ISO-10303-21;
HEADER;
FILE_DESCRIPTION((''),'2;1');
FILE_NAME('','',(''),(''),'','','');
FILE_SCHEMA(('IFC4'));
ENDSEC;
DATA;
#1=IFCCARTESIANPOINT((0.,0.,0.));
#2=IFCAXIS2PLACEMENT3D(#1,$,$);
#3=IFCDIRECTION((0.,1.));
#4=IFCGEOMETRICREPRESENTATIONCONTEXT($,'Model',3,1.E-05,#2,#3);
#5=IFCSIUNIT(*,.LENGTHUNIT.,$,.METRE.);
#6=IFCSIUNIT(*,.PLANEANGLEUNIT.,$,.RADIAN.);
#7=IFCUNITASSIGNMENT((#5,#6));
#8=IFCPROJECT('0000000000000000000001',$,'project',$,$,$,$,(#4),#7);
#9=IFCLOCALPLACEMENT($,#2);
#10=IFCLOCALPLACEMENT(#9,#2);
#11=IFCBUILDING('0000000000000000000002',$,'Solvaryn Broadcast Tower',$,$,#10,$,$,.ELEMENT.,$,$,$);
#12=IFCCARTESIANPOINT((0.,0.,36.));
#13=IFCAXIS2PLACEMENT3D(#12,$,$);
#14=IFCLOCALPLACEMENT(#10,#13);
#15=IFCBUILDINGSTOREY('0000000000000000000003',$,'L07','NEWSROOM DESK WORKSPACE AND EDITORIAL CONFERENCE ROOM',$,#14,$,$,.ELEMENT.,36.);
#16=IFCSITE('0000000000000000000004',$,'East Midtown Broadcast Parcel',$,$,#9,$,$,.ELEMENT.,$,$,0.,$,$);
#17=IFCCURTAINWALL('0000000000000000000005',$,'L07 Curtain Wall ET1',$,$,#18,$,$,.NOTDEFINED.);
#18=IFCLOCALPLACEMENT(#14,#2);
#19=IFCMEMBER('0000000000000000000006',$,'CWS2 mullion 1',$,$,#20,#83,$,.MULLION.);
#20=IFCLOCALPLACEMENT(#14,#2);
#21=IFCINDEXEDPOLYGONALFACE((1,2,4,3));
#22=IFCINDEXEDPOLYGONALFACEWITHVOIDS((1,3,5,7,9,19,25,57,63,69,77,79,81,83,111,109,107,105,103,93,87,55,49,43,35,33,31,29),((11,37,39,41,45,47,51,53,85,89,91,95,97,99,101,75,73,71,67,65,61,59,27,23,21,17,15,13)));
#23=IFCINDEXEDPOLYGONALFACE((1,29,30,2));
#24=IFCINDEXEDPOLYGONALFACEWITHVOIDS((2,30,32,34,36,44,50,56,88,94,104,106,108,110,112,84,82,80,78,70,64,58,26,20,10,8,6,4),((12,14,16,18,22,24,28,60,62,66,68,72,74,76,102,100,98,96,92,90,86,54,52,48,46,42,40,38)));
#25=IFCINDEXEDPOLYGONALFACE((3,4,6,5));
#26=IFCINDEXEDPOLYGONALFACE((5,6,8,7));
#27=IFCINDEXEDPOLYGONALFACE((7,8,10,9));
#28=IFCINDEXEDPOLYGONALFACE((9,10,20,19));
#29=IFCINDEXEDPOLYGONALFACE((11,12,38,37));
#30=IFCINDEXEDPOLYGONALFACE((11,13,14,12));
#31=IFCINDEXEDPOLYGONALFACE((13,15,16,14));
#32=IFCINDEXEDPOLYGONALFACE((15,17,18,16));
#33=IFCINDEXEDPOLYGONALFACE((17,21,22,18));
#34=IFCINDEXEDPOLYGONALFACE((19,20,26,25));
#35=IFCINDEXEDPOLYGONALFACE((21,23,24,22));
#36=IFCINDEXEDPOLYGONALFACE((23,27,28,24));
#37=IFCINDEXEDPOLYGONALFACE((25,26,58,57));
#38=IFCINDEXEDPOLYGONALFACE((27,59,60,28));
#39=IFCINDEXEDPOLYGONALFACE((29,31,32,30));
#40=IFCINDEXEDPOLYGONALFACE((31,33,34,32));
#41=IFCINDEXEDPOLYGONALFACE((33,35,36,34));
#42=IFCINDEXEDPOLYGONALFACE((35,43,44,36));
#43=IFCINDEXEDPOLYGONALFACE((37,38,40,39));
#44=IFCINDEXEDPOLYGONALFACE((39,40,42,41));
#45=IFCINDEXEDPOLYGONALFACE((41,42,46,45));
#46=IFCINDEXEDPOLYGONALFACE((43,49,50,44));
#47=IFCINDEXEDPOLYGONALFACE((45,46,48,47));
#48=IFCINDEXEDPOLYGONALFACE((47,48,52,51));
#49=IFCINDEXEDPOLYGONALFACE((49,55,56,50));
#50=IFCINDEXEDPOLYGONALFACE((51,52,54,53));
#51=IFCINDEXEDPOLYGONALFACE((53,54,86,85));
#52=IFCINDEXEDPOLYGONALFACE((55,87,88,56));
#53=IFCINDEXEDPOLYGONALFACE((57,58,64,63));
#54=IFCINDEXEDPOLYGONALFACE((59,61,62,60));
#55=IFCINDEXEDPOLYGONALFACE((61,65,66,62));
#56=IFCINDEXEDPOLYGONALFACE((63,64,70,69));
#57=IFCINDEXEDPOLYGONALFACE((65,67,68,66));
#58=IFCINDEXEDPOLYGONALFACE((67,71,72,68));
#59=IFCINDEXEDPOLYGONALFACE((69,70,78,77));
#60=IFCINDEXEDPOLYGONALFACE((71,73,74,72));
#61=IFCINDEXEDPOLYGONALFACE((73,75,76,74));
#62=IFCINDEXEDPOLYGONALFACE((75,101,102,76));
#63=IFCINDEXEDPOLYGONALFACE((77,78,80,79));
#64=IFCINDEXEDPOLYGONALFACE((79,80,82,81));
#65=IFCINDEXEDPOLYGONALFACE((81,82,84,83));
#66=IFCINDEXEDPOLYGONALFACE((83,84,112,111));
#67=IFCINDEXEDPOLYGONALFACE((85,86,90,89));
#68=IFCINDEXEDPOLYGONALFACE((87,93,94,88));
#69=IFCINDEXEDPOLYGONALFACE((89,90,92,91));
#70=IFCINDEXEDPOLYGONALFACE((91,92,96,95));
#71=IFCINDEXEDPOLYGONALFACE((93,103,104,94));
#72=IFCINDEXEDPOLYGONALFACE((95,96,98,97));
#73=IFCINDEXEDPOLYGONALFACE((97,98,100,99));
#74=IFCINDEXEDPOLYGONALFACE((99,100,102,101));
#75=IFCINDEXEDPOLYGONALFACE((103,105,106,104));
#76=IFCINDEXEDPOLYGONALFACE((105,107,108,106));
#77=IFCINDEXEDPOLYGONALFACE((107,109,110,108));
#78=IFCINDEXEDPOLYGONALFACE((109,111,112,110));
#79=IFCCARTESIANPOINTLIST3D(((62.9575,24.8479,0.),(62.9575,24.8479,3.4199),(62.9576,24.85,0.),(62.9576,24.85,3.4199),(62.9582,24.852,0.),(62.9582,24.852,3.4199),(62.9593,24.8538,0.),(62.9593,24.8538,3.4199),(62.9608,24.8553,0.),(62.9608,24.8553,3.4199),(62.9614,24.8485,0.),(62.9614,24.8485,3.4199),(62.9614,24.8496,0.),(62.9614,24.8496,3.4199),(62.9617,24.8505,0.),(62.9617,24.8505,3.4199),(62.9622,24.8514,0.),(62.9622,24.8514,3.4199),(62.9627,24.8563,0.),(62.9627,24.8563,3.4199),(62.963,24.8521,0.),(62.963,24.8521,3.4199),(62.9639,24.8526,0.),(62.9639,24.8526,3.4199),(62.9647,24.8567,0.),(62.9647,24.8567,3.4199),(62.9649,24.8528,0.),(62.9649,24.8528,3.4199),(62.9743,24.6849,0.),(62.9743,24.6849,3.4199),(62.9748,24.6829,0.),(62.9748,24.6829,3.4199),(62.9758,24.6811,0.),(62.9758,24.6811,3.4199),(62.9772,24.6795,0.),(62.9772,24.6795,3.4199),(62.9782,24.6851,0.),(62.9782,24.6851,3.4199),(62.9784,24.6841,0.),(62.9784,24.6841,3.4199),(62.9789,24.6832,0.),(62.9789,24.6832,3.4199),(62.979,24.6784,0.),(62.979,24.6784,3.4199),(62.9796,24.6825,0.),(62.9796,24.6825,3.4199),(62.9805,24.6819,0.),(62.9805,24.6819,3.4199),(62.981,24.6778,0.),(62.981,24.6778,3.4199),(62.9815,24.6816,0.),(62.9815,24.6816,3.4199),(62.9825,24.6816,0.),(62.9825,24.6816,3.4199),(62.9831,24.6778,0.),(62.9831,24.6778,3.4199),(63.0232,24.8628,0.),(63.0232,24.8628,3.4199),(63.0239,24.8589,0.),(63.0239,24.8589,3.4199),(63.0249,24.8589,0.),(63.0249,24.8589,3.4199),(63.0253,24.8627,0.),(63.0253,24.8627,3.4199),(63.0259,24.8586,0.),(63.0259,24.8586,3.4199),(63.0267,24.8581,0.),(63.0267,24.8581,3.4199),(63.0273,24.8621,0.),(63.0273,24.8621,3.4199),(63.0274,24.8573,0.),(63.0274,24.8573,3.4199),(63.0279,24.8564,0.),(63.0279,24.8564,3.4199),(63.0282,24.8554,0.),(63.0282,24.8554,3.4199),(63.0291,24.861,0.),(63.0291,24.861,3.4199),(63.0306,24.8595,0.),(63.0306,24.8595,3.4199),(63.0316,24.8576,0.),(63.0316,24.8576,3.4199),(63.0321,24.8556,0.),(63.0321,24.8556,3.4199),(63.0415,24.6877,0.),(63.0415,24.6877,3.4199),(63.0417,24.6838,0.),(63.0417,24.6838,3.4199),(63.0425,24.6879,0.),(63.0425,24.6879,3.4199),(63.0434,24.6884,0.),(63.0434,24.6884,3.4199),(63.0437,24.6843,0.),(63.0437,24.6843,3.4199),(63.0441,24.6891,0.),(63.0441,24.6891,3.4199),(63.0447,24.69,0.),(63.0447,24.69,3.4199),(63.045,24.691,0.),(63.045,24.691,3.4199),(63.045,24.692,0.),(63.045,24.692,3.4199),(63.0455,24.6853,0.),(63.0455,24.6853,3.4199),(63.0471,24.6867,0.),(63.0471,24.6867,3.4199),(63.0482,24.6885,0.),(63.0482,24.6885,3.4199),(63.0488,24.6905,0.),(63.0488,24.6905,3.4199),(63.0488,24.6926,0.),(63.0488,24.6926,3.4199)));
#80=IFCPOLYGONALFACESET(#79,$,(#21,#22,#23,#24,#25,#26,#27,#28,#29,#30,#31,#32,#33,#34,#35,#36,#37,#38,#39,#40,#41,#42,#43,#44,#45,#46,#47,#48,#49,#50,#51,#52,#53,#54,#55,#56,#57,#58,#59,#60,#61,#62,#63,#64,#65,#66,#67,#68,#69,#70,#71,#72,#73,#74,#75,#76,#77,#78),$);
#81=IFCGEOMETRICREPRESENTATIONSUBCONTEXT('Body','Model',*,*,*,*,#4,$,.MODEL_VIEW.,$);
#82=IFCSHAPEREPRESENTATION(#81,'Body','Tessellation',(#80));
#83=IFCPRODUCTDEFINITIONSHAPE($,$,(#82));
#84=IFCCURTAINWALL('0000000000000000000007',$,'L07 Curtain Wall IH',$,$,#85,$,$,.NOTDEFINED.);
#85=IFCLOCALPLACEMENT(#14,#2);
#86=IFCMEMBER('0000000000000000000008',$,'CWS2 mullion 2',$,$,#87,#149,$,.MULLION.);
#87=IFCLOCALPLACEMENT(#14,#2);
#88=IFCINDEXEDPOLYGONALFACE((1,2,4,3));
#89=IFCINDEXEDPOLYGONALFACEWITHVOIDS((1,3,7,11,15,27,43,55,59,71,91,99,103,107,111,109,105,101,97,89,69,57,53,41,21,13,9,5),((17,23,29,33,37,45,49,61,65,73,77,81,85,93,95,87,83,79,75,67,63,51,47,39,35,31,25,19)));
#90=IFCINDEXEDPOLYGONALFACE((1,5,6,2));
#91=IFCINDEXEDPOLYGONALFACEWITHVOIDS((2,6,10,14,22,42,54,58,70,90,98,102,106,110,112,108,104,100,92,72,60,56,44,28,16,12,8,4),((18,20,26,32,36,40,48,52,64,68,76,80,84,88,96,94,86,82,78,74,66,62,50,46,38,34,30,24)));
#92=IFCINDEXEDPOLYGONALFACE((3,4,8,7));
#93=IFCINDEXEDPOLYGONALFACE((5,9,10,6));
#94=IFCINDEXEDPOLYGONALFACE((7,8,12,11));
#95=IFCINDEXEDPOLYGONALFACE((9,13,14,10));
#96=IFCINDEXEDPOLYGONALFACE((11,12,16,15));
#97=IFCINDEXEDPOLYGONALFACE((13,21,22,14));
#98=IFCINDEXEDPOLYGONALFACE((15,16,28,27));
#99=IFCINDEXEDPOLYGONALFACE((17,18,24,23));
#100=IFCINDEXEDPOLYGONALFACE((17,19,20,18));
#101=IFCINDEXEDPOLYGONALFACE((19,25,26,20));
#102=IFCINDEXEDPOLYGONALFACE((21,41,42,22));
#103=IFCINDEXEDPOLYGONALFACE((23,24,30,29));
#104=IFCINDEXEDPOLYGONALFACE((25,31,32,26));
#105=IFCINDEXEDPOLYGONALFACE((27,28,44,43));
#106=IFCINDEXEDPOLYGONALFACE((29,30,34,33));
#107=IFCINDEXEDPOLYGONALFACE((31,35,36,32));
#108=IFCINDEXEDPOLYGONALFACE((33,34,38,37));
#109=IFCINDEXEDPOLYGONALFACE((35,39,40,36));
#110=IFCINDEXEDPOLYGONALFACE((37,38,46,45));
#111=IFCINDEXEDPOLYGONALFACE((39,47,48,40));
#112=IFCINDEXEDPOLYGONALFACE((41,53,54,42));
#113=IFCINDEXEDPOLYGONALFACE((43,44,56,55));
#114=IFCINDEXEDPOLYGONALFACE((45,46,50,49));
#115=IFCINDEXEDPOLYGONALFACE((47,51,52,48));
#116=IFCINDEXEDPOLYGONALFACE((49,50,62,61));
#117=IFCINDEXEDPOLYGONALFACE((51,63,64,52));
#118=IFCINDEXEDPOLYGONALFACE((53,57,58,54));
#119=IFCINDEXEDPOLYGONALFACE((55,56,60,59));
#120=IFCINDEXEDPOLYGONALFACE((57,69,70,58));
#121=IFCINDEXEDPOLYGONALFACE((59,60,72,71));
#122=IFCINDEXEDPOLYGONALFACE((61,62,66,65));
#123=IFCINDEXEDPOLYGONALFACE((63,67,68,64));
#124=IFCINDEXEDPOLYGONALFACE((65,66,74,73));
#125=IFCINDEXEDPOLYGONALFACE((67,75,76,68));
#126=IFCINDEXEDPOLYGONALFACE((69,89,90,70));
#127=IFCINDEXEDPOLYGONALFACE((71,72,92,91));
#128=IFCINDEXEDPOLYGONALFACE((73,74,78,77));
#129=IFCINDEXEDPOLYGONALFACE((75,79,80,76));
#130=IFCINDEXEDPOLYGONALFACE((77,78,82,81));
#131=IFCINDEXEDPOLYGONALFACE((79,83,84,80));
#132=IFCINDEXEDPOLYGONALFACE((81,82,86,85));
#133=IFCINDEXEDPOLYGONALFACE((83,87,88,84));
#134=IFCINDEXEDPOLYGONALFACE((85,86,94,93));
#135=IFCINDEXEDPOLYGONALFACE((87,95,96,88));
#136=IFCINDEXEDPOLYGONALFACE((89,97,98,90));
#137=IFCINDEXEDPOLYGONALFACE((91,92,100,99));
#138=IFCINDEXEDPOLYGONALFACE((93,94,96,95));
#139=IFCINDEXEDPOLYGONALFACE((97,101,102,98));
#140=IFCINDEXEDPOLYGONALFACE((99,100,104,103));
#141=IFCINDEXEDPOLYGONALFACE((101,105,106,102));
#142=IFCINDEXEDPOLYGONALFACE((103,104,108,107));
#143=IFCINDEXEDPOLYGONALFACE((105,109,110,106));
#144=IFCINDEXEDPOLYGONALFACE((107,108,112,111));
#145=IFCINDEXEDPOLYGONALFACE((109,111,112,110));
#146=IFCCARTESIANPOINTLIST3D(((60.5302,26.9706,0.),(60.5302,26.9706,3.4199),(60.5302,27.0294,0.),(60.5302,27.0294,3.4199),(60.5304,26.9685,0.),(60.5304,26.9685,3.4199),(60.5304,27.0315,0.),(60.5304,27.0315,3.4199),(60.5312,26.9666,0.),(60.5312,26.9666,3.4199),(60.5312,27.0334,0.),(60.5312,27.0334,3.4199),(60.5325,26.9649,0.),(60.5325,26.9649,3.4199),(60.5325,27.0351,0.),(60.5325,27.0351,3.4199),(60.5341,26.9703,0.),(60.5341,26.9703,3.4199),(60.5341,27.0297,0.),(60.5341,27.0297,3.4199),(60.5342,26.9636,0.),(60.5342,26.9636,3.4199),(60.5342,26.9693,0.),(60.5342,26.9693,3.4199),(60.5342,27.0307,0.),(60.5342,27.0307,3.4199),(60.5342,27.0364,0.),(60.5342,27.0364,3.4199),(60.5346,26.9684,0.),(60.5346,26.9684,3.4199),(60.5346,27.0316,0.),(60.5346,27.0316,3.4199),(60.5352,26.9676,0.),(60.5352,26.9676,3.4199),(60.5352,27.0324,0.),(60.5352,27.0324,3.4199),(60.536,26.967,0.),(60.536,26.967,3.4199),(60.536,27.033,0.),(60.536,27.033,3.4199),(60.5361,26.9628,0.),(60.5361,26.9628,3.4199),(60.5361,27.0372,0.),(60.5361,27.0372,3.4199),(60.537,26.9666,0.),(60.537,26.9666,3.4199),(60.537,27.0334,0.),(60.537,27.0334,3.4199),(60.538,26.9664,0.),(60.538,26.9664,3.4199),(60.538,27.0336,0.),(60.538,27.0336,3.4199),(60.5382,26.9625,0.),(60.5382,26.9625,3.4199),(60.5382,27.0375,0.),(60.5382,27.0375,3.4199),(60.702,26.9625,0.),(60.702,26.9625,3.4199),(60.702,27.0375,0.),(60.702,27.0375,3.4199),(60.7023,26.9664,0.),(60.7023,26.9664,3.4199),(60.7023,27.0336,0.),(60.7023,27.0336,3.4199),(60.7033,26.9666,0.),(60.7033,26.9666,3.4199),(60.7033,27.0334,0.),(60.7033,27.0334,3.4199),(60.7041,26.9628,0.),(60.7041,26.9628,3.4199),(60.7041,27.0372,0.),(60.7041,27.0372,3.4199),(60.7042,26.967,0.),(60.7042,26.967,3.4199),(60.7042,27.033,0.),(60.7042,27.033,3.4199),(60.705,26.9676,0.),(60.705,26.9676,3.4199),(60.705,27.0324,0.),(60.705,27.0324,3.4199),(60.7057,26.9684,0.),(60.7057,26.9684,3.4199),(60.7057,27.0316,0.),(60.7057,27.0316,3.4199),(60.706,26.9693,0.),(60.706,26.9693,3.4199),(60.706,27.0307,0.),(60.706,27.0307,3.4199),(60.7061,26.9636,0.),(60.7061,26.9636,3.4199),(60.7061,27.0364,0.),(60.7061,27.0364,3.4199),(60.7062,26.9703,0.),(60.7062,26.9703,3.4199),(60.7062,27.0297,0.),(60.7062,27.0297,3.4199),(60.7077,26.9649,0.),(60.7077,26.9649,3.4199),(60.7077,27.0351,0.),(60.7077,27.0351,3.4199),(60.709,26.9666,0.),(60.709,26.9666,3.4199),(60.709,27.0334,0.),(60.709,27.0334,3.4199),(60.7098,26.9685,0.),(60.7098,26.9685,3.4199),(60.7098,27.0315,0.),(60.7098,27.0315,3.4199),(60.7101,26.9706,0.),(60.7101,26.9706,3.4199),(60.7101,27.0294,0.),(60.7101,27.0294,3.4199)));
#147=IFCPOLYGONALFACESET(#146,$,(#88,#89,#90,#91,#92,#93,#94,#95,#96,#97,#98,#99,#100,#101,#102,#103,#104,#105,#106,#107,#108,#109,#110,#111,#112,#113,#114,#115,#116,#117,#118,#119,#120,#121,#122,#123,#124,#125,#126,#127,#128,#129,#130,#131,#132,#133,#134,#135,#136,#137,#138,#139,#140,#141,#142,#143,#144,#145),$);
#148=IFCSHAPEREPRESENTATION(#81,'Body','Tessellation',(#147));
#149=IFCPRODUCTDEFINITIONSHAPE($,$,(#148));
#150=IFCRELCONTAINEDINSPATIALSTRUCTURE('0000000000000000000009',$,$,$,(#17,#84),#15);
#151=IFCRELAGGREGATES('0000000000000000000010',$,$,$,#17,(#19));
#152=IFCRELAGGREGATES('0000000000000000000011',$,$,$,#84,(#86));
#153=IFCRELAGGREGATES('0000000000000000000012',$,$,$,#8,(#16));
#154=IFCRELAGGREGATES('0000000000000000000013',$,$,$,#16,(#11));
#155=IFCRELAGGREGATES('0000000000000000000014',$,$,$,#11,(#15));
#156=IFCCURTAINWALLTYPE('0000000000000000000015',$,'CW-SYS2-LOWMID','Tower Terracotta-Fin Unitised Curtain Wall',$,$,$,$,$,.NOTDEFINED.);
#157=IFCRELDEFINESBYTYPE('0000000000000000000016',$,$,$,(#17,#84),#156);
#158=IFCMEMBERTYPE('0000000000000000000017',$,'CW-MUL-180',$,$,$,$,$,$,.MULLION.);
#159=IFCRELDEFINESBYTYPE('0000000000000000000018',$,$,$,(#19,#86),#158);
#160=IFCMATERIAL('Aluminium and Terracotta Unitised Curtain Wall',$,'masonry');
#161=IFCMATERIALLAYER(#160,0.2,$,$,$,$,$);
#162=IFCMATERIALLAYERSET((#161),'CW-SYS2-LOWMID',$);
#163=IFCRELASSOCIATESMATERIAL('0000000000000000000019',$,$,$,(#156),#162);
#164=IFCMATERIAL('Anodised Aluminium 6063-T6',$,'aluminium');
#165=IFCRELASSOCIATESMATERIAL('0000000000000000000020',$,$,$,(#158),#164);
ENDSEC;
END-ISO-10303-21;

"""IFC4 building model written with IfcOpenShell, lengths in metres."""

from ifc_helpers import new_model, si_unit, direction, frame, origin, origin_2d, place, context, subcontext, project, spatial, hollow_rectangle, extrude, material, layer, layer_set, material_profile, profile_set, type_object, element, aggregate, save


model = new_model("IFC4")

# Units and contexts
model_context = context("Model", 3, precision=1e-05, world=origin(), true_north=direction((0.0, 1.0)))
body_context = subcontext(model_context, "Body", "Model", "MODEL_VIEW")
ifc_project = project(units=[si_unit("LENGTHUNIT", "METRE"), si_unit("PLANEANGLEUNIT", "RADIAN")], contexts=[model_context])

# Site, building, storey
site_placement = place(None, origin())
site = spatial("IfcSite", under=ifc_project, at=site_placement, Name="East Midtown Broadcast Parcel", CompositionType="ELEMENT", RefElevation=0.0)
building_placement = place(site_placement, origin())
building = spatial("IfcBuilding", under=site, at=building_placement, Name="Solvaryn Broadcast Tower", CompositionType="ELEMENT")
storey_placement = place(building_placement, frame((0.0, 0.0, 36.0)))
storey = spatial("IfcBuildingStorey", under=building, at=storey_placement, Name="L07", Description="NEWSROOM DESK WORKSPACE AND EDITORIAL CONFERENCE ROOM", CompositionType="ELEMENT", Elevation=36.0)

# Curtain walls, members
ifc_material_1 = material(Name="Aluminium and Terracotta Unitised Curtain Wall", Category="masonry")
ifc_layer_1 = layer(ifc_material_1, 0.2)
ifc_layer_set_1 = layer_set([ifc_layer_1], Name="CW-SYS2-LOWMID")
curtain_wall_type = type_object("IfcCurtainWallType", Name="CW-SYS2-LOWMID", Description="Tower Terracotta-Fin Unitised Curtain Wall", PredefinedType="NOTDEFINED", material=ifc_layer_set_1)
curtain_wall_1_placement = place(storey_placement, origin())
curtain_wall_1 = element("IfcCurtainWall", 1, at=curtain_wall_1_placement, inside=storey, type_object=curtain_wall_type, Name="L07 Curtain Wall ET1", PredefinedType="NOTDEFINED")
ifc_material_2 = material(Name="Anodised Aluminium 6063-T6", Category="aluminium")
ifc_material_profile_1 = material_profile(ifc_material_2, hollow_rectangle(XDim=0.075, YDim=0.1799, WallThickness=0.0039, InnerFilletRadius=0.0039, OuterFilletRadius=0.0081, at=origin_2d()))
ifc_profile_set_1 = profile_set([ifc_material_profile_1], Name="Anodised Aluminium 6063-T6")
member_type_1 = type_object("IfcMemberType", Name="CW-MUL-180", PredefinedType="MULLION", material=ifc_profile_set_1)
member_1_placement = place(storey_placement, frame((63.0032, 24.7703, 0.0), z_axis=(0.0, 0.0, 1.0), x_axis=(0.994743, 0.1024, 0.0)))
member_1 = element("IfcMember", 2, at=member_1_placement, type_object=member_type_1, Name="CWS2 mullion 1", PredefinedType="MULLION", context=body_context, shape_type="SweptSolid", body=[
    extrude(hollow_rectangle(XDim=0.075, YDim=0.1799, WallThickness=0.0039, InnerFilletRadius=0.0039, OuterFilletRadius=0.0081, at=origin_2d()), origin(), (0.0, 0.0, 1.0), 3.4199),
])
curtain_wall_2_placement = place(storey_placement, origin())
curtain_wall_2 = element("IfcCurtainWall", 3, at=curtain_wall_2_placement, inside=storey, type_object=curtain_wall_type, Name="L07 Curtain Wall IH", PredefinedType="NOTDEFINED")
member_2_placement = place(storey_placement, frame((60.6201, 27.0, 0.0), z_axis=(0.0, 0.0, 1.0), x_axis=(0.0, 1.0, 0.0)))
member_2 = element("IfcMember", 4, at=member_2_placement, type_object=member_type_1, Name="CWS2 mullion 2", PredefinedType="MULLION", context=body_context, shape_type="SweptSolid", body=[
    extrude(hollow_rectangle(XDim=0.075, YDim=0.1799, WallThickness=0.0039, InnerFilletRadius=0.0039, OuterFilletRadius=0.0081, at=origin_2d()), origin(), (0.0, 0.0, 1.0), 3.4199),
])

aggregate(curtain_wall_1, [member_1])
aggregate(curtain_wall_2, [member_2])

save(model, "model.ifc")
